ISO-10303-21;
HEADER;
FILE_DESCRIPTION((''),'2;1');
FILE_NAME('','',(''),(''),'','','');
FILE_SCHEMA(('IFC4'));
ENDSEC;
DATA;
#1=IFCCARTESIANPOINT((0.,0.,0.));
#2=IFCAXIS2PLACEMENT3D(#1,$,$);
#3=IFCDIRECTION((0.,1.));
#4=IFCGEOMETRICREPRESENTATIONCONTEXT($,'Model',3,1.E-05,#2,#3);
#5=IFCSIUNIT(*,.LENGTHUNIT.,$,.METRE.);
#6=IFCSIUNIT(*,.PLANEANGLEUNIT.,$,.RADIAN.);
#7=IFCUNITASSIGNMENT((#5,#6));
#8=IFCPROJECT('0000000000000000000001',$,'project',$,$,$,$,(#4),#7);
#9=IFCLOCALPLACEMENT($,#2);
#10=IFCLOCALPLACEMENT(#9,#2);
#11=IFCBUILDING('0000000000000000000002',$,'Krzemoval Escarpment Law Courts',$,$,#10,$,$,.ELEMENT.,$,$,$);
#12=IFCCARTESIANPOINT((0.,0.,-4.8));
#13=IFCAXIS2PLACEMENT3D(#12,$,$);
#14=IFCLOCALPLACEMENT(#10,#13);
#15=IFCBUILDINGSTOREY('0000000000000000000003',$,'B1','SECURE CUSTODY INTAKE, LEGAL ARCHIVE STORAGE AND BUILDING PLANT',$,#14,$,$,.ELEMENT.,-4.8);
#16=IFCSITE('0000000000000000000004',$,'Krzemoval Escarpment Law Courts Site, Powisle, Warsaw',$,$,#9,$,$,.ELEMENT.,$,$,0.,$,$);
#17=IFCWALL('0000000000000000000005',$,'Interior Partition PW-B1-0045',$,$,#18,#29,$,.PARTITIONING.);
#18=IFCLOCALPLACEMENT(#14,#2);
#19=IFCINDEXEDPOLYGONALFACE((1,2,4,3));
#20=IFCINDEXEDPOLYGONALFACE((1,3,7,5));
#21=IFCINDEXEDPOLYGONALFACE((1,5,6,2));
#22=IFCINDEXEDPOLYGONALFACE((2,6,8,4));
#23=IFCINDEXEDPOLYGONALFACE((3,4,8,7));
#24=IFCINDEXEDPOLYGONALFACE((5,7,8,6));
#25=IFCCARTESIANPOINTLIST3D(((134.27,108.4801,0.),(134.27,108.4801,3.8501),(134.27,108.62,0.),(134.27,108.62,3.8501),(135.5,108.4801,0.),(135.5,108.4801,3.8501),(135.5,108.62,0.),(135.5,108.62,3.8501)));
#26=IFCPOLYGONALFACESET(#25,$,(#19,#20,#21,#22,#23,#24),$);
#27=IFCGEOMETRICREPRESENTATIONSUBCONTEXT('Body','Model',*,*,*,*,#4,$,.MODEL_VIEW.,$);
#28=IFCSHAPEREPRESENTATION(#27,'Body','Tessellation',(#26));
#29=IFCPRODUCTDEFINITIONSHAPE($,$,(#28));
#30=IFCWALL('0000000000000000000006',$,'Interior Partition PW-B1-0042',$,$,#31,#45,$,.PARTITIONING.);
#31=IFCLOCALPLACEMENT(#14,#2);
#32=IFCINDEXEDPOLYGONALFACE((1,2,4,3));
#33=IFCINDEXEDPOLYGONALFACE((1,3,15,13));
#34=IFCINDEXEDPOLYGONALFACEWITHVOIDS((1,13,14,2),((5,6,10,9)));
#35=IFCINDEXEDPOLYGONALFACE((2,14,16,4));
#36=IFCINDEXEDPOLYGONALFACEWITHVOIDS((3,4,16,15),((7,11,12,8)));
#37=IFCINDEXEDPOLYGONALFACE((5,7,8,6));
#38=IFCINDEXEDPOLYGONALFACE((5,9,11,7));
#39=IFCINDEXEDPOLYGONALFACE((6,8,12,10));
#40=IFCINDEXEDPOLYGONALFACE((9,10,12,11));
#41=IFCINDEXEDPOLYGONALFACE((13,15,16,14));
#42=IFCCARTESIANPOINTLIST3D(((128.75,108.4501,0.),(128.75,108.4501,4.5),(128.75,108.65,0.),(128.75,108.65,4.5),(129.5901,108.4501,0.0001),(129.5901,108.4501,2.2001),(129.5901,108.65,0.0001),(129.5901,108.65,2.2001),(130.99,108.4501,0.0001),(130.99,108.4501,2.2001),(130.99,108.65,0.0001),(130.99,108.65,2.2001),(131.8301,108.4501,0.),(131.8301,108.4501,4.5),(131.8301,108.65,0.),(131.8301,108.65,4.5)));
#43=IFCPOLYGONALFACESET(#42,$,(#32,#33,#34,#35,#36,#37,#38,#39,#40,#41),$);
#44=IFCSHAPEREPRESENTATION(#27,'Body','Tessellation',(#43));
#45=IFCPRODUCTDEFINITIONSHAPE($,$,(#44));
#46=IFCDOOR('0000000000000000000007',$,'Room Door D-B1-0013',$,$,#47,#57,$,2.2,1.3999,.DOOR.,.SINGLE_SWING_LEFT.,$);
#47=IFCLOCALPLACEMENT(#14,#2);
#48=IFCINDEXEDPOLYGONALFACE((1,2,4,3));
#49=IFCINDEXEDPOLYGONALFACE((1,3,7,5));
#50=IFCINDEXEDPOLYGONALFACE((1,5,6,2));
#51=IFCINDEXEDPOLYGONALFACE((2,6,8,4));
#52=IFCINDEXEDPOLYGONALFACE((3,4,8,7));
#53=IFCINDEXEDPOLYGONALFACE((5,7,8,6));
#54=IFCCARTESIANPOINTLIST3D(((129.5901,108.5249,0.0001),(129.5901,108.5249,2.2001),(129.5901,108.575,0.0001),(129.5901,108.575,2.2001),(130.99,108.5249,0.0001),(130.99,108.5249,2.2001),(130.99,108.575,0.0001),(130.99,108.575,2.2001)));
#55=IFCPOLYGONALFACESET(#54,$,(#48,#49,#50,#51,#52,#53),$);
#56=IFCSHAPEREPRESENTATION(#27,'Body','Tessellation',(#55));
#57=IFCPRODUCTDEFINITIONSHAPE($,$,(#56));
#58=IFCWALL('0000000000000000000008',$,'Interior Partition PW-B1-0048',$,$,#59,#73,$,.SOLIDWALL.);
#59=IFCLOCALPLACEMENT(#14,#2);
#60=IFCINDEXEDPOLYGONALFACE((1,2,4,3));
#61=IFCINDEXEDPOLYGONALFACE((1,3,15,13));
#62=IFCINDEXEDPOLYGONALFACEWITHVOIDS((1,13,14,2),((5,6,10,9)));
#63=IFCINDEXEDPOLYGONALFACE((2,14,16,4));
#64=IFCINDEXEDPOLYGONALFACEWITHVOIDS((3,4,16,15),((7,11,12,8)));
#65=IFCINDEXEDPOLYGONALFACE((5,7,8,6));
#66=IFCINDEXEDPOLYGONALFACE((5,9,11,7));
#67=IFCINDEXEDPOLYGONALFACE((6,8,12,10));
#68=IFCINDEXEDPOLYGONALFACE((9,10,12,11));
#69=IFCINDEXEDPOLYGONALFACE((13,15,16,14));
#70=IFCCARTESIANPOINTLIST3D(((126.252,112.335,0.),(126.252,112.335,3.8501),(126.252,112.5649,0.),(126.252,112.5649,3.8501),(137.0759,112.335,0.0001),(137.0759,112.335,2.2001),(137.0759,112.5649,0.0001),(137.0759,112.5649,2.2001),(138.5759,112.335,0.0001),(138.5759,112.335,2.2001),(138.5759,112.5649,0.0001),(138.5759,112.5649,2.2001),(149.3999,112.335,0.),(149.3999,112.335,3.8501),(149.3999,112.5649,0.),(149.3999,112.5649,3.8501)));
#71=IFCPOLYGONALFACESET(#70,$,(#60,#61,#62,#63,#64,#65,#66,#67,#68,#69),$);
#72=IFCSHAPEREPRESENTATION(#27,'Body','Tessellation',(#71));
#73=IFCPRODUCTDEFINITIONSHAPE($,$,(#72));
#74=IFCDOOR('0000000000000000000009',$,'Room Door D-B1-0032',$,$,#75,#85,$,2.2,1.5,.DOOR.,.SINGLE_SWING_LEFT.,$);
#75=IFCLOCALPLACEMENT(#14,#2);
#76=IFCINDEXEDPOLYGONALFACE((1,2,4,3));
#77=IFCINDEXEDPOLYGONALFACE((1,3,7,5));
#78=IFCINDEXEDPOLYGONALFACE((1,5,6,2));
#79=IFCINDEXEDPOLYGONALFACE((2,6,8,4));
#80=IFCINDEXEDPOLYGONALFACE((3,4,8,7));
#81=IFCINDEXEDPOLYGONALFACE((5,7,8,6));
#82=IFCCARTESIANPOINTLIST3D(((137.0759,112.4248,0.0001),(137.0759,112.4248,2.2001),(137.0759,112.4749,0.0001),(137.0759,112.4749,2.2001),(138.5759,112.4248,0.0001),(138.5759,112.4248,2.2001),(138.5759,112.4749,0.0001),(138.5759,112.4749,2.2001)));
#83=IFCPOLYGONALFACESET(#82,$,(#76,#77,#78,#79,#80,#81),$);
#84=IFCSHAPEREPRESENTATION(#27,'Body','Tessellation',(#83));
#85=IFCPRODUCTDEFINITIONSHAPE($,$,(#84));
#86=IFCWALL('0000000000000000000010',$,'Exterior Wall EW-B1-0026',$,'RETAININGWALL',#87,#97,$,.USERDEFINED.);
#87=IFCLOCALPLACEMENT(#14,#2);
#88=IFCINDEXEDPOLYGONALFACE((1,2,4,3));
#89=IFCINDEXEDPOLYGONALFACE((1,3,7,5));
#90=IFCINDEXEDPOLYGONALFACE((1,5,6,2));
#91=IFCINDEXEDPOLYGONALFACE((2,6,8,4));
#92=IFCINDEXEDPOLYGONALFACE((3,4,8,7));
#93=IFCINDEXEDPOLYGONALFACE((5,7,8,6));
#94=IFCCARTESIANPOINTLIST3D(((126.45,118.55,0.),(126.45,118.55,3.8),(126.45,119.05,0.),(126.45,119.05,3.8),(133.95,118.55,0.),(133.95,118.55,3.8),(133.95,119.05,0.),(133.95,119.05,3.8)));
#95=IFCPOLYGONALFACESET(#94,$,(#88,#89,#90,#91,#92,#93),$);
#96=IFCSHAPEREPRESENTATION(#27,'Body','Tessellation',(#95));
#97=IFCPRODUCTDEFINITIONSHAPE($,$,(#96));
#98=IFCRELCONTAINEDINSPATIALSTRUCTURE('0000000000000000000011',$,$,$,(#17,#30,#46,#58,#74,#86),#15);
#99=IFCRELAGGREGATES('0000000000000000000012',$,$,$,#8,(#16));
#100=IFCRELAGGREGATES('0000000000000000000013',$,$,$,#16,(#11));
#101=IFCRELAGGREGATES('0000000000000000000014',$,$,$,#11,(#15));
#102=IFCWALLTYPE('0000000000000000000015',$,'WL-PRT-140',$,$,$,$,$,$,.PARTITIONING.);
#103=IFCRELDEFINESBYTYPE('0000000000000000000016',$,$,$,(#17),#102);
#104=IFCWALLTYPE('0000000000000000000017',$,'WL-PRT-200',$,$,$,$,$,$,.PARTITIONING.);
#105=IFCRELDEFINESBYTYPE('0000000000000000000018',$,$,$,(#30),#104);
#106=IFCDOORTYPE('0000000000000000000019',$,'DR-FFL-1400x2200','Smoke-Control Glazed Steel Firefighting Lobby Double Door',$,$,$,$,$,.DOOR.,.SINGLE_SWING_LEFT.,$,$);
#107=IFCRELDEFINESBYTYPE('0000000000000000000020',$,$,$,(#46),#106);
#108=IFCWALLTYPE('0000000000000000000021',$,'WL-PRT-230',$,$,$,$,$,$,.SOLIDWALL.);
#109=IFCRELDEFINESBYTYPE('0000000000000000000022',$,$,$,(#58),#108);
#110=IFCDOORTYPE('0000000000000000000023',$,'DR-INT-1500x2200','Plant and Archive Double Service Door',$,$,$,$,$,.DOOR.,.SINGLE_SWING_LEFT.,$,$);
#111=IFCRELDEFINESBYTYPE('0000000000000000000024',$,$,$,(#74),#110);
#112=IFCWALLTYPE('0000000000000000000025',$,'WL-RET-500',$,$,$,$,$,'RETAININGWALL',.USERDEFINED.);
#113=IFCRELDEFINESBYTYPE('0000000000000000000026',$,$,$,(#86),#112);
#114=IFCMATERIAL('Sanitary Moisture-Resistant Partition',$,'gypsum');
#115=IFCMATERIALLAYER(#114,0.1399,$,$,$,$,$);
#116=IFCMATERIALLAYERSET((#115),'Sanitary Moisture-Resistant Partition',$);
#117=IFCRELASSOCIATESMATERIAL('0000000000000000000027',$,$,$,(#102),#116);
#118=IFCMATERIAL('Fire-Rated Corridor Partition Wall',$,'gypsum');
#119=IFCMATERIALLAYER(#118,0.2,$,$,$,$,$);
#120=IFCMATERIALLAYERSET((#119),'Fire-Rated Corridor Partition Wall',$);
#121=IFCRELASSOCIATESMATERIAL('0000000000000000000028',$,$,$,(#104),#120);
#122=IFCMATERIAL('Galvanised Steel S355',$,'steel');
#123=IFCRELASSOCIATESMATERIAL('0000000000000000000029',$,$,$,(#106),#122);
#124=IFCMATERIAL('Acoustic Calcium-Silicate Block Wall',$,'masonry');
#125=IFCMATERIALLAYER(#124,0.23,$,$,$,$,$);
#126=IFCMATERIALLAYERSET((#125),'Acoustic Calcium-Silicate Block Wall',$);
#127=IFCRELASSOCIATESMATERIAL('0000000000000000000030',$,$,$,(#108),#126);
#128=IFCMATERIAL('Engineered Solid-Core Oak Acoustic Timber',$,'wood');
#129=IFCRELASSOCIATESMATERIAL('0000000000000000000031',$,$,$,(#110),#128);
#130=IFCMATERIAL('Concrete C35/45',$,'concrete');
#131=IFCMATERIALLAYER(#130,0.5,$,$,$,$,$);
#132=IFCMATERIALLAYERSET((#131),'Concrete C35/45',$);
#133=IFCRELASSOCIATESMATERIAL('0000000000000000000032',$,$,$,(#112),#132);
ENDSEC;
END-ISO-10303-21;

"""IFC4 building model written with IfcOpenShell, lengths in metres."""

from ifc_helpers import new_model, si_unit, direction, frame, frame_2d, origin, place, context, subcontext, project, spatial, rectangle, extrude, material, layer, layer_set, type_object, element, fill, save


model = new_model("IFC4")

# Units and contexts
model_context = context("Model", 3, precision=1e-05, world=origin(), true_north=direction((0.0, 1.0)))
body_context = subcontext(model_context, "Body", "Model", "MODEL_VIEW")
ifc_project = project(units=[si_unit("LENGTHUNIT", "METRE"), si_unit("PLANEANGLEUNIT", "RADIAN")], contexts=[model_context])

# Site, building, storey
site_placement = place(None, origin())
site = spatial("IfcSite", under=ifc_project, at=site_placement, Name="Krzemoval Escarpment Law Courts Site, Powisle, Warsaw", CompositionType="ELEMENT", RefElevation=0.0)
building_placement = place(site_placement, origin())
building = spatial("IfcBuilding", under=site, at=building_placement, Name="Krzemoval Escarpment Law Courts", CompositionType="ELEMENT")
storey_placement = place(building_placement, frame((0.0, 0.0, -4.8)))
storey = spatial("IfcBuildingStorey", under=building, at=storey_placement, Name="B1", Description="SECURE CUSTODY INTAKE, LEGAL ARCHIVE STORAGE AND BUILDING PLANT", CompositionType="ELEMENT", Elevation=-4.8)

# Wall
ifc_material_1 = material(Name="Sanitary Moisture-Resistant Partition", Category="gypsum")
ifc_layer_1 = layer(ifc_material_1, 0.1399)
ifc_layer_set_1 = layer_set([ifc_layer_1], Name="Sanitary Moisture-Resistant Partition")
wall_type_1 = type_object("IfcWallType", Name="WL-PRT-140", PredefinedType="PARTITIONING", material=ifc_layer_set_1)
wall_1_placement = place(storey_placement, frame((134.27, 108.55, 0.0), z_axis=(0.0, 0.0, 1.0), x_axis=(1.0, 0.0, 0.0)))
element("IfcWall", 1, at=wall_1_placement, inside=storey, type_object=wall_type_1, Name="Interior Partition PW-B1-0045", PredefinedType="PARTITIONING", context=body_context, shape_type="SweptSolid", body=[
    extrude(rectangle(XDim=1.23, YDim=0.1399, at=frame_2d((0.615, 0.0))), origin(), (0.0, 0.0, 1.0), 3.8501),
])

# Walls, openings, doors
ifc_material_2 = material(Name="Fire-Rated Corridor Partition Wall", Category="gypsum")
ifc_layer_2 = layer(ifc_material_2, 0.2)
ifc_layer_set_2 = layer_set([ifc_layer_2], Name="Fire-Rated Corridor Partition Wall")
wall_type_2 = type_object("IfcWallType", Name="WL-PRT-200", PredefinedType="PARTITIONING", material=ifc_layer_set_2)
wall_2_placement = place(storey_placement, frame((128.75, 108.55, 0.0), z_axis=(0.0, 0.0, 1.0), x_axis=(1.0, 0.0, 0.0)))
wall_2 = element("IfcWall", 2, at=wall_2_placement, inside=storey, type_object=wall_type_2, Name="Interior Partition PW-B1-0042", PredefinedType="PARTITIONING", context=body_context, shape_type="SweptSolid", body=[
    extrude(rectangle(XDim=3.0801, YDim=0.2, at=frame_2d((1.54, 0.0))), origin(), (0.0, 0.0, 1.0), 4.5),
])
opening_1_placement = place(wall_2_placement, frame((0.8401, 0.0, 0.0)))
opening_1 = element("IfcOpeningElement", 3, at=opening_1_placement, cuts=wall_2, PredefinedType="OPENING", context=body_context, shape_type="SweptSolid", body=[
    extrude(rectangle(XDim=1.3999, YDim=2.2, at=frame_2d((0.7, 1.1001))), frame((0.0, 0.115, 0.0), z_axis=(0.0, -1.0, 0.0), x_axis=(1.0, 0.0, 0.0)), (0.0, 0.0, 1.0), 0.2299),
])
ifc_material_3 = material(Name="Galvanised Steel S355", Category="steel")
door_type_1 = type_object("IfcDoorType", Name="DR-FFL-1400x2200", Description="Smoke-Control Glazed Steel Firefighting Lobby Double Door", OperationType="SINGLE_SWING_LEFT", PredefinedType="DOOR", material=ifc_material_3)
door_1_placement = place(opening_1_placement, origin())
door_1 = element("IfcDoor", 4, at=door_1_placement, inside=storey, type_object=door_type_1, Name="Room Door D-B1-0013", OperationType="SINGLE_SWING_LEFT", OverallHeight=2.2, OverallWidth=1.3999, PredefinedType="DOOR", context=body_context, shape_type="SweptSolid", body=[
    extrude(rectangle(XDim=1.3999, YDim=2.2, at=frame_2d((0.7, 1.1001))), frame((0.0, 0.0249, 0.0), z_axis=(0.0, -1.0, 0.0), x_axis=(1.0, 0.0, 0.0)), (0.0, 0.0, 1.0), 0.05),
])
fill(opening_1, door_1)
ifc_material_4 = material(Name="Acoustic Calcium-Silicate Block Wall", Category="masonry")
ifc_layer_3 = layer(ifc_material_4, 0.23)
ifc_layer_set_3 = layer_set([ifc_layer_3], Name="Acoustic Calcium-Silicate Block Wall")
wall_type_3 = type_object("IfcWallType", Name="WL-PRT-230", PredefinedType="SOLIDWALL", material=ifc_layer_set_3)
wall_3_placement = place(storey_placement, frame((126.252, 112.45, 0.0), z_axis=(0.0, 0.0, 1.0), x_axis=(1.0, 0.0, 0.0)))
wall_3 = element("IfcWall", 5, at=wall_3_placement, inside=storey, type_object=wall_type_3, Name="Interior Partition PW-B1-0048", PredefinedType="SOLIDWALL", context=body_context, shape_type="SweptSolid", body=[
    extrude(rectangle(XDim=23.1479, YDim=0.23, at=frame_2d((11.574, 0.0))), origin(), (0.0, 0.0, 1.0), 3.8501),
])
opening_2_placement = place(wall_3_placement, frame((10.824, 0.0, 0.0)))
opening_2 = element("IfcOpeningElement", 6, at=opening_2_placement, cuts=wall_3, PredefinedType="OPENING", context=body_context, shape_type="SweptSolid", body=[
    extrude(rectangle(XDim=1.5, YDim=2.2, at=frame_2d((0.75, 1.1001))), frame((0.0, 0.13, 0.0), z_axis=(0.0, -1.0, 0.0), x_axis=(1.0, 0.0, 0.0)), (0.0, 0.0, 1.0), 0.26),
])
ifc_material_5 = material(Name="Engineered Solid-Core Oak Acoustic Timber", Category="wood")
door_type_2 = type_object("IfcDoorType", Name="DR-INT-1500x2200", Description="Plant and Archive Double Service Door", OperationType="SINGLE_SWING_LEFT", PredefinedType="DOOR", material=ifc_material_5)
door_2_placement = place(opening_2_placement, origin())
door_2 = element("IfcDoor", 7, at=door_2_placement, inside=storey, type_object=door_type_2, Name="Room Door D-B1-0032", OperationType="SINGLE_SWING_LEFT", OverallHeight=2.2, OverallWidth=1.5, PredefinedType="DOOR", context=body_context, shape_type="SweptSolid", body=[
    extrude(rectangle(XDim=1.5, YDim=2.2, at=frame_2d((0.75, 1.1001))), frame((0.0, 0.0249, 0.0), z_axis=(0.0, -1.0, 0.0), x_axis=(1.0, 0.0, 0.0)), (0.0, 0.0, 1.0), 0.05),
])
fill(opening_2, door_2)

# Wall
ifc_material_6 = material(Name="Concrete C35/45", Category="concrete")
ifc_layer_4 = layer(ifc_material_6, 0.5)
ifc_layer_set_4 = layer_set([ifc_layer_4], Name="Concrete C35/45")
wall_type_4 = type_object("IfcWallType", Name="WL-RET-500", ElementType="RETAININGWALL", PredefinedType="USERDEFINED", material=ifc_layer_set_4)
wall_4_placement = place(storey_placement, frame((126.45, 118.8, 0.0), z_axis=(0.0, 0.0, 1.0), x_axis=(1.0, 0.0, 0.0)))
element("IfcWall", 8, at=wall_4_placement, inside=storey, type_object=wall_type_4, Name="Exterior Wall EW-B1-0026", ObjectType="RETAININGWALL", PredefinedType="USERDEFINED", context=body_context, shape_type="SweptSolid", body=[
    extrude(rectangle(XDim=7.5, YDim=0.5, at=frame_2d((3.75, 0.0))), origin(), (0.0, 0.0, 1.0), 3.8),
])

save(model, "model.ifc")
